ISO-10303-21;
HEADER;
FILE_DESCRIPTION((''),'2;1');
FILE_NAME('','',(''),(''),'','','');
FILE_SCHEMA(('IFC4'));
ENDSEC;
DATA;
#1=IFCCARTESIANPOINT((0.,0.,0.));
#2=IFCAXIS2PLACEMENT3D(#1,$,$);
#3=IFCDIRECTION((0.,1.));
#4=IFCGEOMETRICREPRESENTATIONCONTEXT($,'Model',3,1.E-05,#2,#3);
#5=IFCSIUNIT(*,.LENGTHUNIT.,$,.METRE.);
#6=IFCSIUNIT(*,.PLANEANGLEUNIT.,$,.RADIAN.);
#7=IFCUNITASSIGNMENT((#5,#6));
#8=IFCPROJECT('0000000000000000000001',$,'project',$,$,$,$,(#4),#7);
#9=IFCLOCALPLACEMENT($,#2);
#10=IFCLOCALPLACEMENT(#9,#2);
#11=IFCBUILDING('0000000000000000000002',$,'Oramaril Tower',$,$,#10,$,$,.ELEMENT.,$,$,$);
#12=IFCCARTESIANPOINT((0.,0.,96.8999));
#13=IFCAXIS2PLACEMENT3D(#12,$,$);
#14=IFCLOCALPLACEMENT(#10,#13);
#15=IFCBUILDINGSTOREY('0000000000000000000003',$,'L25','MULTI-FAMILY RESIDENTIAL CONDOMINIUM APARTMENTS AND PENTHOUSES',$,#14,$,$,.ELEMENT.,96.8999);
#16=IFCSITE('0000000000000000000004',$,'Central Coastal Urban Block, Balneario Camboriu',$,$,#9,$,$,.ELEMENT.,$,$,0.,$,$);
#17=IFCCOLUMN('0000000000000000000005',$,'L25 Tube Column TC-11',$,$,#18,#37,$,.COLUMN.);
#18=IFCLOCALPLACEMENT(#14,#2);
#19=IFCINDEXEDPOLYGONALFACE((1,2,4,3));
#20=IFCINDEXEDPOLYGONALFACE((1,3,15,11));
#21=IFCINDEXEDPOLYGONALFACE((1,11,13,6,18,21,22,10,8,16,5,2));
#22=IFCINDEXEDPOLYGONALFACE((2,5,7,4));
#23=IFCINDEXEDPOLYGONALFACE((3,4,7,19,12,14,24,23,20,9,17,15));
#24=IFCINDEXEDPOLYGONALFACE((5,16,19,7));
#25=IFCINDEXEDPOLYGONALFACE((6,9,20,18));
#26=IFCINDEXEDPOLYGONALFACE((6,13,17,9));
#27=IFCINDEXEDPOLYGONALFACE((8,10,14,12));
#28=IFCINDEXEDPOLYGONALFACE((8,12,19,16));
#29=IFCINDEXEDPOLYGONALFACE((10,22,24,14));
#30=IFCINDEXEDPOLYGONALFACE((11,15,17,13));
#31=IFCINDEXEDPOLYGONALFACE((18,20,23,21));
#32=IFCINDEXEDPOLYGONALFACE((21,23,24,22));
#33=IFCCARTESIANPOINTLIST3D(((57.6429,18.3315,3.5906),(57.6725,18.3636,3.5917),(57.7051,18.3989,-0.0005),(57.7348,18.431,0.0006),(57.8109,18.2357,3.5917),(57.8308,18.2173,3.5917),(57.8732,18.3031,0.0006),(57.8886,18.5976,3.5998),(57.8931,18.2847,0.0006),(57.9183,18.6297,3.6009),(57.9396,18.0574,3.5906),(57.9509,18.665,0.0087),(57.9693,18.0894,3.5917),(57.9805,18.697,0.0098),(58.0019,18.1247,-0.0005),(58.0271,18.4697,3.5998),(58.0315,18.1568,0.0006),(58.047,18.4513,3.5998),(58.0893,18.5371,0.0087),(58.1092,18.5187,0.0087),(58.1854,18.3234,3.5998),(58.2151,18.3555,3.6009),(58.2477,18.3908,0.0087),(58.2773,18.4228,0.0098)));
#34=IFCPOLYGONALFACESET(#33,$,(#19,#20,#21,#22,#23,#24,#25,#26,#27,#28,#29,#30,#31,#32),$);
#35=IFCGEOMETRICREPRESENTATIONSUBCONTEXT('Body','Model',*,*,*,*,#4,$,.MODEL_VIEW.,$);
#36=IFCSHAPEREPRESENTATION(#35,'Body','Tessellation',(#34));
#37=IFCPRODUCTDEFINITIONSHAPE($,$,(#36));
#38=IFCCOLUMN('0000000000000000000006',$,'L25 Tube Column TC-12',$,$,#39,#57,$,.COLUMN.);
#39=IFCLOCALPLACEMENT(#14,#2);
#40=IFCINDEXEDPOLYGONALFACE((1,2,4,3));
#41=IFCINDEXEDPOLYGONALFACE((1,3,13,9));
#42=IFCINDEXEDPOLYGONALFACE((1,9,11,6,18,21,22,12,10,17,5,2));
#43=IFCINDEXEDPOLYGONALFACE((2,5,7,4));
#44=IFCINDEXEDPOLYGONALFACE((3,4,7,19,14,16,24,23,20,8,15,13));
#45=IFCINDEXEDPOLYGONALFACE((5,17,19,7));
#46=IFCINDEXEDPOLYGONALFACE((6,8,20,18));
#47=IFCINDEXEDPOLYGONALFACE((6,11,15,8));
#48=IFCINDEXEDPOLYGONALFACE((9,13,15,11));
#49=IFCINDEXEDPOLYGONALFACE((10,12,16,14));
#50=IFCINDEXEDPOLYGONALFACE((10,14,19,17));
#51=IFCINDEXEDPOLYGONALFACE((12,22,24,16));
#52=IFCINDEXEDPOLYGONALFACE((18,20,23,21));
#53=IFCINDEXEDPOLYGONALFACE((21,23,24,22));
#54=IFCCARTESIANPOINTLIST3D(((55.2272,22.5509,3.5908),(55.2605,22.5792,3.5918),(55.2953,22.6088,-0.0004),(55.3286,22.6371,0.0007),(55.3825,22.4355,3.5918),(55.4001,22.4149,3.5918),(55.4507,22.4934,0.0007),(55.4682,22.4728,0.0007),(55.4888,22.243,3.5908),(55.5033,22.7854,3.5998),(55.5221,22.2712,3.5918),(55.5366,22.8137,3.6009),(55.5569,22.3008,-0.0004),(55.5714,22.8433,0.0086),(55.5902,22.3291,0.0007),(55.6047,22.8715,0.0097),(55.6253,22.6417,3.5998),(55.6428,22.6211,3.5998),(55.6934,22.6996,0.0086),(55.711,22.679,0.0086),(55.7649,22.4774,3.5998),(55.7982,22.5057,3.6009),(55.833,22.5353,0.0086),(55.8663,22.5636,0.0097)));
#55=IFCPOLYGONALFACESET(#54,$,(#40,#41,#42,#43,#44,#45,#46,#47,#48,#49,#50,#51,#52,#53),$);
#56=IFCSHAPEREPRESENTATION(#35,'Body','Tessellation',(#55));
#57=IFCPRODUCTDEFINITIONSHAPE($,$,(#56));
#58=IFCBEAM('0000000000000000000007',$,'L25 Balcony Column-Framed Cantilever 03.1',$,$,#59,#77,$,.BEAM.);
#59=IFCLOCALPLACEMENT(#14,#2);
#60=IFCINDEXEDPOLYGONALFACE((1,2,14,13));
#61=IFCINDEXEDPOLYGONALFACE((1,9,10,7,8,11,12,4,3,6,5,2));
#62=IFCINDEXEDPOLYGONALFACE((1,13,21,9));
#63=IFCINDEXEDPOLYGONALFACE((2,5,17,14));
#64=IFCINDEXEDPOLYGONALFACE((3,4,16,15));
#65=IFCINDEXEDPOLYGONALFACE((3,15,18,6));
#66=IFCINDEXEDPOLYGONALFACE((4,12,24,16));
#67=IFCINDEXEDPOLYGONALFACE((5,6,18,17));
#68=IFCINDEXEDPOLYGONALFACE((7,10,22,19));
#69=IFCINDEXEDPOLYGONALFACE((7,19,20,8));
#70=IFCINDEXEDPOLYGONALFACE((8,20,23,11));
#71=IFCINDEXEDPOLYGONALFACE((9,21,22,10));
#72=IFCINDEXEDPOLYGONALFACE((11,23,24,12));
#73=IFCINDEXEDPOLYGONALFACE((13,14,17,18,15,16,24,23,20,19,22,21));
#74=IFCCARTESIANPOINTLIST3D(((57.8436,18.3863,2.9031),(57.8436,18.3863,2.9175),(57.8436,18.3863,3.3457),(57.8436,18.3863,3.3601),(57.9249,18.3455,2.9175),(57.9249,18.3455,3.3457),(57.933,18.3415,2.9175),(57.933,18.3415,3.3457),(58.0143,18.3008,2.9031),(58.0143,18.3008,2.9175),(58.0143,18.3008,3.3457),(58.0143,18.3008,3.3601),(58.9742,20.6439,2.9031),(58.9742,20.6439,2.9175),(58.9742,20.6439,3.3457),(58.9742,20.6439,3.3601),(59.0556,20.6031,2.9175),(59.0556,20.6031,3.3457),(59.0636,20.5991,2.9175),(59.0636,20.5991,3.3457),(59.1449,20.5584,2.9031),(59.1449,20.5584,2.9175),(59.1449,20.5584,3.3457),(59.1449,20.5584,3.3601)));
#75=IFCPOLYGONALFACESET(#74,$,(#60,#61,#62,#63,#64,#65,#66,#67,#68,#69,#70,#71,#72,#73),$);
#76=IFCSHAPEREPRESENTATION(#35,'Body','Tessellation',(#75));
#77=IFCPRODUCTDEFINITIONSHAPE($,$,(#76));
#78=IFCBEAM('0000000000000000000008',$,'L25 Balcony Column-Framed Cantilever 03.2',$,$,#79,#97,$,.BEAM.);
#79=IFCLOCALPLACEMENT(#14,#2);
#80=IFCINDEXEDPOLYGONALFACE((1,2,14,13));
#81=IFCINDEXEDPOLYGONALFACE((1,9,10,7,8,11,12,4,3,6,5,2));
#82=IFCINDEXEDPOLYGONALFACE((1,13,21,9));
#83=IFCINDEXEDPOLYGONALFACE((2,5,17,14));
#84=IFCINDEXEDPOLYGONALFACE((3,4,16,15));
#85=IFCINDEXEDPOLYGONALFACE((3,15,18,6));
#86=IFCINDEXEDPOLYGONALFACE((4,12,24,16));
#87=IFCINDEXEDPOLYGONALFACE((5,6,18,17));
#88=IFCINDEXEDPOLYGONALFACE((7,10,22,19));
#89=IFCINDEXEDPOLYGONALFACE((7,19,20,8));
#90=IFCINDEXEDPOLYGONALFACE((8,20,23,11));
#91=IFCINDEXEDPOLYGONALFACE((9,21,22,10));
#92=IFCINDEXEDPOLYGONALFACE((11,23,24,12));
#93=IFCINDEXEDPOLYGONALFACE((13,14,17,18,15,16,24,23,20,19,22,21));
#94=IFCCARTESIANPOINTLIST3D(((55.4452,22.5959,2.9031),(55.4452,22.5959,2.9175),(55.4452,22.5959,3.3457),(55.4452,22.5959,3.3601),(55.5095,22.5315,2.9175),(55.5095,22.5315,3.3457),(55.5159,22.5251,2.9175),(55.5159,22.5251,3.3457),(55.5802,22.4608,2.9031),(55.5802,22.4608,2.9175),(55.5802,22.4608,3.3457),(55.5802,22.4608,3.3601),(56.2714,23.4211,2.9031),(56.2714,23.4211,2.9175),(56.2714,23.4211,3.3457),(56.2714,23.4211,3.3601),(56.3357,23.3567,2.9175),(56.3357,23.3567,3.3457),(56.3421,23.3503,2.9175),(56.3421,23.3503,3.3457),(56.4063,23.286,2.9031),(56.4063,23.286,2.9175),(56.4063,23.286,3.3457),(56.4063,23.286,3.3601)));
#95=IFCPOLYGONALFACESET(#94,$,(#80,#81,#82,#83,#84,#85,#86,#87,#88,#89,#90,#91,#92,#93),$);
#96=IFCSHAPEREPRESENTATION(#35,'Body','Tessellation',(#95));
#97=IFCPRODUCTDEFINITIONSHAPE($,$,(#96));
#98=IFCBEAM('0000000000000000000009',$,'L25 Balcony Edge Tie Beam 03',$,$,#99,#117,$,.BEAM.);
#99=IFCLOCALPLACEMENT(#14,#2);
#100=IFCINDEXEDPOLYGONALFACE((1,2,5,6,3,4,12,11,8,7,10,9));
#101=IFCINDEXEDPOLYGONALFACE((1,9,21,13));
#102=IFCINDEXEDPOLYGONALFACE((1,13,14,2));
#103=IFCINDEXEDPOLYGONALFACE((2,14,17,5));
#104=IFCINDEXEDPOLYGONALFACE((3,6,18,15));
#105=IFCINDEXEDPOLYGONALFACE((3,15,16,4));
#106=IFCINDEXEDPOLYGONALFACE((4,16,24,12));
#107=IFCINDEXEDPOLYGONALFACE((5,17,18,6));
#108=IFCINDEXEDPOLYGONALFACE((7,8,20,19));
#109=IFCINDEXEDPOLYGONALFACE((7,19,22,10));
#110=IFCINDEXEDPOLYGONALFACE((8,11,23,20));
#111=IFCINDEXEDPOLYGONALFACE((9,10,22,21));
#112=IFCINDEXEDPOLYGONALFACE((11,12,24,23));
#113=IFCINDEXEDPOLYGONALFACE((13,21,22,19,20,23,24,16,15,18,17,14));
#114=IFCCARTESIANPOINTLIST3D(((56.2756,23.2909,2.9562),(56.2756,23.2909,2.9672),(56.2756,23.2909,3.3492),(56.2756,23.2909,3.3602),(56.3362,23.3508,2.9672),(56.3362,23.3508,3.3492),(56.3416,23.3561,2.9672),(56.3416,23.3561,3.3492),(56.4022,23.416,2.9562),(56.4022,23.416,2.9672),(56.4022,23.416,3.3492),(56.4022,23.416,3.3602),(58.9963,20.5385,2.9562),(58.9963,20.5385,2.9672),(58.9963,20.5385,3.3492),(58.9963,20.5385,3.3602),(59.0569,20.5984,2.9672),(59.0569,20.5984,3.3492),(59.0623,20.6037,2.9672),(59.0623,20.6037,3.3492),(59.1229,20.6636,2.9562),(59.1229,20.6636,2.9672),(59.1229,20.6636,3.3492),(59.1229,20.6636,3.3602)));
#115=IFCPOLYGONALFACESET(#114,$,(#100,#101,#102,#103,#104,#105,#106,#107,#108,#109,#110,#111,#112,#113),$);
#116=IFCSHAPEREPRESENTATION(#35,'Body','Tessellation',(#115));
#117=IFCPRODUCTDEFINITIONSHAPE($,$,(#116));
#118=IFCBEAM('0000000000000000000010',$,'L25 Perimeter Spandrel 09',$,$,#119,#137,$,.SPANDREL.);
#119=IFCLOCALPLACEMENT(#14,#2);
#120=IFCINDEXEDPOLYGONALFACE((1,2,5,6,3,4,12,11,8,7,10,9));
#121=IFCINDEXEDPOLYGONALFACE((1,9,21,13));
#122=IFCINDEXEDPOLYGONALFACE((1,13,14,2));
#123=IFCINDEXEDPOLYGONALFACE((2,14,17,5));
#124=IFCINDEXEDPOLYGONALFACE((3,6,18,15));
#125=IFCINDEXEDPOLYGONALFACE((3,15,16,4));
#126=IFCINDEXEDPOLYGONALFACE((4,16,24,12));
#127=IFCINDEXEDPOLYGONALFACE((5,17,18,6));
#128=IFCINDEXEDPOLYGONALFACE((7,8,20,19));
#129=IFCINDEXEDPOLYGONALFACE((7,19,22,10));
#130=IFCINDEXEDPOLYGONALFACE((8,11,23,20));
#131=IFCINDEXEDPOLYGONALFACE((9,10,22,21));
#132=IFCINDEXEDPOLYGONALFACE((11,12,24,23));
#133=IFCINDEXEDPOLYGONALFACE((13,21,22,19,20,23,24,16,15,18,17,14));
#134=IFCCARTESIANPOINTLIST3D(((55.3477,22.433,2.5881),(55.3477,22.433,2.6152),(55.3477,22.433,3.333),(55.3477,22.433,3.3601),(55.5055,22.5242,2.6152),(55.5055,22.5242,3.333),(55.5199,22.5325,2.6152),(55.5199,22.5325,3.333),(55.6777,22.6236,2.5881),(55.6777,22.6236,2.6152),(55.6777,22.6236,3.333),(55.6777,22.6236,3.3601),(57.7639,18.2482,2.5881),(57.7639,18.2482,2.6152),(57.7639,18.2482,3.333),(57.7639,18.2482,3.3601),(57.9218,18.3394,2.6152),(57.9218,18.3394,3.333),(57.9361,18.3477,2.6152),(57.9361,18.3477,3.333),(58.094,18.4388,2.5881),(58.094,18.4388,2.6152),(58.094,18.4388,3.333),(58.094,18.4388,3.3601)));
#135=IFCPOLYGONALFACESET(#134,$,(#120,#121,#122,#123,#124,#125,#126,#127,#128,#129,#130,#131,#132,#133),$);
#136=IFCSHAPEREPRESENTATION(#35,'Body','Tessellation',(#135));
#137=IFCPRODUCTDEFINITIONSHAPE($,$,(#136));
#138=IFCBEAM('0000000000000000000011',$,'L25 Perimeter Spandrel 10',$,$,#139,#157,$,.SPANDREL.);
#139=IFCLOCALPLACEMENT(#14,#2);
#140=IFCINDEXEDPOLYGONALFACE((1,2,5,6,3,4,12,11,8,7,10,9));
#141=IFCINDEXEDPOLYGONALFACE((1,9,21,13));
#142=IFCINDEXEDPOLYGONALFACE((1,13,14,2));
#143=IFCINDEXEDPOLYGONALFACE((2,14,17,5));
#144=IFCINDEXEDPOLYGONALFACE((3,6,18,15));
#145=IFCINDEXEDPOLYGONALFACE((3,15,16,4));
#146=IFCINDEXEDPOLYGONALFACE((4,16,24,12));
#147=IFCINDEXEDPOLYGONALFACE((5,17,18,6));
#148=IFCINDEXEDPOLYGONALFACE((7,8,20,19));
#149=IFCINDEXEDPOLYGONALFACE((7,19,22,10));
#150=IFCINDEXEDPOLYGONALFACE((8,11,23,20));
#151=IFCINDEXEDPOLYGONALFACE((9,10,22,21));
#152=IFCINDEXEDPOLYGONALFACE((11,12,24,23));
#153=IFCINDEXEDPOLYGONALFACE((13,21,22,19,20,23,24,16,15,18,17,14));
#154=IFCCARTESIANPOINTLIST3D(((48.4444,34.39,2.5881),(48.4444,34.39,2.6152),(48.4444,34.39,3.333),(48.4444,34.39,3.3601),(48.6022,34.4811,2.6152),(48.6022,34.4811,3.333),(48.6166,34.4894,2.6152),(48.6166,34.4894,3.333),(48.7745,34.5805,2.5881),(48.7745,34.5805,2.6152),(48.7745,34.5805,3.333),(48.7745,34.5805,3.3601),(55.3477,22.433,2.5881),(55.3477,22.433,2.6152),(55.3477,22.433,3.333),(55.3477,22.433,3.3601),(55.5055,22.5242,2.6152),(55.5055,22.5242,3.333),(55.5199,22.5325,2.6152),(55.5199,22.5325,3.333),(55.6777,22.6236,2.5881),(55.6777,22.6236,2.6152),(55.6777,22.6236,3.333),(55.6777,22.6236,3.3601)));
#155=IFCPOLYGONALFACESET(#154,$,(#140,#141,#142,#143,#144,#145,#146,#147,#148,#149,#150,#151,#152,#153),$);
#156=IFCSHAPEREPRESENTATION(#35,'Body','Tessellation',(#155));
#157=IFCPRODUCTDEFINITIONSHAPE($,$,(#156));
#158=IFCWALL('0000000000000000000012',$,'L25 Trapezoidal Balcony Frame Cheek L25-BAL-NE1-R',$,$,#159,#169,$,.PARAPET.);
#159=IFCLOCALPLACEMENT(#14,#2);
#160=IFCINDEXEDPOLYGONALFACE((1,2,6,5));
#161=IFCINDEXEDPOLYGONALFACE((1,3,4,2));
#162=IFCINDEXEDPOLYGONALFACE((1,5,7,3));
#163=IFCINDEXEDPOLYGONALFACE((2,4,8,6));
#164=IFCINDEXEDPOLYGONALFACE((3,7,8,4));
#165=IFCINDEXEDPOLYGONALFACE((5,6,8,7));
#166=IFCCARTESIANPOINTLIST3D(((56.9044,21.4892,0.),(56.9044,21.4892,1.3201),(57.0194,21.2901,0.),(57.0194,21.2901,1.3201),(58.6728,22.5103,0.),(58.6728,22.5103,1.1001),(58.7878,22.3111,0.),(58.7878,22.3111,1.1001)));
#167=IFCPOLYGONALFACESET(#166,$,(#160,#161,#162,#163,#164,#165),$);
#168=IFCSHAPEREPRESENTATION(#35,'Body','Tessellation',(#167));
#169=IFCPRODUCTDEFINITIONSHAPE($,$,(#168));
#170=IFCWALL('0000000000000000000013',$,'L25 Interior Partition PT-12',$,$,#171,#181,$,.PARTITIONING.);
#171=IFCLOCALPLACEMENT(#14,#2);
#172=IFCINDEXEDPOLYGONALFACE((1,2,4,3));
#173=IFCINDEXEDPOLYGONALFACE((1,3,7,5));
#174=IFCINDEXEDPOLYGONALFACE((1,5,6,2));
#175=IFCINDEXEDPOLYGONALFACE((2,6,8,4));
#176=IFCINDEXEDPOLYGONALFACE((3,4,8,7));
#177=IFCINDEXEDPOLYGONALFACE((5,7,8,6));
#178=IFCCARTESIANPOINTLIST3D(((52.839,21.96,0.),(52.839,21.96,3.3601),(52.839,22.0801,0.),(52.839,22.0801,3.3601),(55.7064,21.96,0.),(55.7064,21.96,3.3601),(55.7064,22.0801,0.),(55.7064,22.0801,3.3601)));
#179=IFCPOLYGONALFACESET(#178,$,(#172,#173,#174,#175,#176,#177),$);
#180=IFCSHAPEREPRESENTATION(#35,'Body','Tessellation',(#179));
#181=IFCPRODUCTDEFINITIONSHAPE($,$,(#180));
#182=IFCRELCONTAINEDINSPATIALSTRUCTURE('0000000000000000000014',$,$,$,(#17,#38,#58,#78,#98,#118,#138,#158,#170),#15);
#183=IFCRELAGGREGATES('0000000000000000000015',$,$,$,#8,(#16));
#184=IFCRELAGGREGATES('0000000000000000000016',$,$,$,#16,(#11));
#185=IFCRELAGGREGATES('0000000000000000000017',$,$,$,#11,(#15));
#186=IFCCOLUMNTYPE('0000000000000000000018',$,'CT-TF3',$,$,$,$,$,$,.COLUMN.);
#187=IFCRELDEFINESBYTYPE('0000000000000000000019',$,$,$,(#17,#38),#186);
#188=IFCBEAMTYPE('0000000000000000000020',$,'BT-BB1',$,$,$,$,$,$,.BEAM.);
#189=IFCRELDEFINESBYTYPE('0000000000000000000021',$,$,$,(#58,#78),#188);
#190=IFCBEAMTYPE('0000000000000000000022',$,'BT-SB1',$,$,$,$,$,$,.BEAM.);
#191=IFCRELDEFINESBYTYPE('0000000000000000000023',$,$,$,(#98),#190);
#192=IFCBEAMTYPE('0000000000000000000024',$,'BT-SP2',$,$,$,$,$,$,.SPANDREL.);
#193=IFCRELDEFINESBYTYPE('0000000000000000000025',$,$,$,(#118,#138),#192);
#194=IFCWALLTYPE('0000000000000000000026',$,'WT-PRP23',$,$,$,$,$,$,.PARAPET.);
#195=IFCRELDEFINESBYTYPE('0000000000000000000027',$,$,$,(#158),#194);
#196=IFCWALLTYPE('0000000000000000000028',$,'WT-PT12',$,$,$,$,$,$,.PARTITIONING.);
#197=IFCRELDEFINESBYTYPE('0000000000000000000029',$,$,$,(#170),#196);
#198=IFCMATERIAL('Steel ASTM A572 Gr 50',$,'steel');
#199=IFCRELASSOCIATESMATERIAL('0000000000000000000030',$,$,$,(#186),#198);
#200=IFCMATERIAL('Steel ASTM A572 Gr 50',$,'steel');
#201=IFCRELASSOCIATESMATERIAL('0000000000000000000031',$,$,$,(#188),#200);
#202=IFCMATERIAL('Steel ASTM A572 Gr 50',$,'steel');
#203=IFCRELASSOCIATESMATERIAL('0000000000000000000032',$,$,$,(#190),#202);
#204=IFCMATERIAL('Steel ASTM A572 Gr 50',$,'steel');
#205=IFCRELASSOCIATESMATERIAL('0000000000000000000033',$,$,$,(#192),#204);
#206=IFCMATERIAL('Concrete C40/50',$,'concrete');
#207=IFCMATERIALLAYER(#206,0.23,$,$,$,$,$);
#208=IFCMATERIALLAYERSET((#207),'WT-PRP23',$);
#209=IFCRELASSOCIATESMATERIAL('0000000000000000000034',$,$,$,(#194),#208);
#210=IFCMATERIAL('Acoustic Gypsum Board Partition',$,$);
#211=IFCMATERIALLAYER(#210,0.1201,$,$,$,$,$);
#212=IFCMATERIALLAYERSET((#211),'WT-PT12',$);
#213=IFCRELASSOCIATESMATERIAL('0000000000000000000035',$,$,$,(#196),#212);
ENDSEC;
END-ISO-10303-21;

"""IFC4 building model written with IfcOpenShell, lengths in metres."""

from ifc_helpers import new_model, si_unit, direction, frame, frame_2d, origin, origin_2d, place, context, subcontext, project, spatial, polyline, rectangle, i_section, outline, extrude, material, layer, layer_set, material_profile, profile_set, type_object, element, save


model = new_model("IFC4")

# Units and contexts
model_context = context("Model", 3, precision=1e-05, world=origin(), true_north=direction((0.0, 1.0)))
body_context = subcontext(model_context, "Body", "Model", "MODEL_VIEW")
ifc_project = project(units=[si_unit("LENGTHUNIT", "METRE"), si_unit("PLANEANGLEUNIT", "RADIAN")], contexts=[model_context])

# Site, building, storey
site_placement = place(None, origin())
site = spatial("IfcSite", under=ifc_project, at=site_placement, Name="Central Coastal Urban Block, Balneario Camboriu", CompositionType="ELEMENT", RefElevation=0.0)
building_placement = place(site_placement, origin())
building = spatial("IfcBuilding", under=site, at=building_placement, Name="Oramaril Tower", CompositionType="ELEMENT")
storey_placement = place(building_placement, frame((0.0, 0.0, 96.8999)))
storey = spatial("IfcBuildingStorey", under=building, at=storey_placement, Name="L25", Description="MULTI-FAMILY RESIDENTIAL CONDOMINIUM APARTMENTS AND PENTHOUSES", CompositionType="ELEMENT", Elevation=96.8999)

# Columns
ifc_material_1 = material(Name="Steel ASTM A572 Gr 50", Category="steel")
ifc_material_profile_1 = material_profile(ifc_material_1, i_section(OverallWidth=0.4041, OverallDepth=0.406, WebThickness=0.0271, FlangeThickness=0.0437, at=origin_2d()), Name="W14X233")
ifc_profile_set_1 = profile_set([ifc_material_profile_1], Name="Steel ASTM A572 Gr 50")
column_type = type_object("IfcColumnType", Name="CT-TF3", PredefinedType="COLUMN", material=ifc_profile_set_1)
for number, where, z_axis, x_axis, name in (
    (1, (57.9912, 18.4109, 0.0046), (-0.017331, -0.018758, 0.999674), (0.734497, -0.678612, 0.0), "L25 Tube Column TC-11"),
    (2, (55.5808, 22.5862, 0.0046), (-0.018962, -0.016108, 0.99969), (0.647411, -0.762141, 0.0), "L25 Tube Column TC-12"),
):
    element("IfcColumn", number, at=place(storey_placement, frame(where, z_axis=z_axis, x_axis=x_axis)), inside=storey, type_object=column_type, Name=name, PredefinedType="COLUMN", context=body_context, shape_type="SweptSolid", body=[
        extrude(i_section(OverallWidth=0.4041, OverallDepth=0.406, WebThickness=0.0271, FlangeThickness=0.0437, at=origin_2d()), origin(), (0.0, 0.0, 1.0), 3.5923),
    ])

# Beams
ifc_material_2 = material(Name="Steel ASTM A572 Gr 50", Category="steel")
ifc_material_profile_2 = material_profile(ifc_material_2, i_section(OverallWidth=0.1909, OverallDepth=0.457, WebThickness=0.009, FlangeThickness=0.0144, at=origin_2d()), Name="W18X50")
ifc_profile_set_2 = profile_set([ifc_material_profile_2], Name="Steel ASTM A572 Gr 50")
beam_type_1 = type_object("IfcBeamType", Name="BT-BB1", PredefinedType="BEAM", material=ifc_profile_set_2)
beam_1_placement = place(storey_placement, frame((57.929, 18.3435, 3.1316), z_axis=(0.447794, 0.894137, 0.0), x_axis=(-0.894137, 0.447794, 0.0)))
element("IfcBeam", 3, at=beam_1_placement, inside=storey, type_object=beam_type_1, Name="L25 Balcony Column-Framed Cantilever 03.1", PredefinedType="BEAM", context=body_context, shape_type="SweptSolid", body=[
    extrude(i_section(OverallWidth=0.1909, OverallDepth=0.457, WebThickness=0.009, FlangeThickness=0.0144, at=origin_2d()), origin(), (0.0, 0.0, 1.0), 2.5249),
])
beam_2_placement = place(storey_placement, frame((55.5127, 22.5283, 3.1316), z_axis=(0.707525, 0.706688, 0.0), x_axis=(-0.706688, 0.707525, 0.0)))
element("IfcBeam", 4, at=beam_2_placement, inside=storey, type_object=beam_type_1, Name="L25 Balcony Column-Framed Cantilever 03.2", PredefinedType="BEAM", context=body_context, shape_type="SweptSolid", body=[
    extrude(i_section(OverallWidth=0.1909, OverallDepth=0.457, WebThickness=0.009, FlangeThickness=0.0144, at=origin_2d()), origin(), (0.0, 0.0, 1.0), 1.1677),
])
ifc_material_3 = material(Name="Steel ASTM A572 Gr 50", Category="steel")
ifc_material_profile_3 = material_profile(ifc_material_3, i_section(OverallWidth=0.178, OverallDepth=0.4041, WebThickness=0.0076, FlangeThickness=0.011, at=origin_2d()), Name="W16X36")
ifc_profile_set_3 = profile_set([ifc_material_profile_3], Name="Steel ASTM A572 Gr 50")
beam_type_2 = type_object("IfcBeamType", Name="BT-SB1", PredefinedType="BEAM", material=ifc_profile_set_3)
beam_3_placement = place(storey_placement, frame((59.0596, 20.6011, 3.1582), z_axis=(-0.702995, 0.711195, 0.0), x_axis=(-0.711195, -0.702995, 0.0)))
element("IfcBeam", 5, at=beam_3_placement, inside=storey, type_object=beam_type_2, Name="L25 Balcony Edge Tie Beam 03", PredefinedType="BEAM", context=body_context, shape_type="SweptSolid", body=[
    extrude(i_section(OverallWidth=0.178, OverallDepth=0.4041, WebThickness=0.0076, FlangeThickness=0.011, at=origin_2d()), origin(), (0.0, 0.0, 1.0), 3.8701),
])
ifc_material_4 = material(Name="Steel ASTM A572 Gr 50", Category="steel")
ifc_material_profile_4 = material_profile(ifc_material_4, i_section(OverallWidth=0.3811, OverallDepth=0.772, WebThickness=0.0166, FlangeThickness=0.0271, at=origin_2d()), Name="W30X173")
ifc_profile_set_4 = profile_set([ifc_material_profile_4], Name="Steel ASTM A572 Gr 50")
beam_type_3 = type_object("IfcBeamType", Name="BT-SP2", PredefinedType="SPANDREL", material=ifc_profile_set_4)
beam_4_placement = place(storey_placement, frame((57.929, 18.3435, 2.9741), z_axis=(-0.500024, 0.866011, 0.0), x_axis=(-0.866011, -0.500024, 0.0)))
element("IfcBeam", 6, at=beam_4_placement, inside=storey, type_object=beam_type_3, Name="L25 Perimeter Spandrel 09", PredefinedType="SPANDREL", context=body_context, shape_type="SweptSolid", body=[
    extrude(i_section(OverallWidth=0.3811, OverallDepth=0.772, WebThickness=0.0166, FlangeThickness=0.0271, at=origin_2d()), origin(), (0.0, 0.0, 1.0), 4.8323),
])
beam_5_placement = place(storey_placement, frame((55.5127, 22.5283, 2.9741), z_axis=(-0.499996, 0.866028, 0.0), x_axis=(-0.866028, -0.499996, 0.0)))
element("IfcBeam", 7, at=beam_5_placement, inside=storey, type_object=beam_type_3, Name="L25 Perimeter Spandrel 10", PredefinedType="SPANDREL", context=body_context, shape_type="SweptSolid", body=[
    extrude(i_section(OverallWidth=0.3811, OverallDepth=0.772, WebThickness=0.0166, FlangeThickness=0.0271, at=origin_2d()), origin(), (0.0, 0.0, 1.0), 13.8066),
])

# Walls
ifc_material_5 = material(Name="Concrete C40/50", Category="concrete")
ifc_layer_1 = layer(ifc_material_5, 0.23)
ifc_layer_set_1 = layer_set([ifc_layer_1], Name="WT-PRP23")
wall_type_1 = type_object("IfcWallType", Name="WT-PRP23", PredefinedType="PARAPET", material=ifc_layer_set_1)
wall_1_placement = place(storey_placement, frame((56.9619, 21.3896, 0.0), z_axis=(0.0, 0.0, 1.0), x_axis=(0.866012, 0.500023, 0.0)))
element("IfcWall", 8, at=wall_1_placement, inside=storey, type_object=wall_type_1, Name="L25 Trapezoidal Balcony Frame Cheek L25-BAL-NE1-R", PredefinedType="PARAPET", context=body_context, shape_type="SweptSolid", body=[
    extrude(outline(polyline([(0.0, 0.0), (2.042, 0.0), (2.042, 1.1001), (0.0, 1.3201), (0.0, 0.0)])), frame((0.0, 0.115, 0.0), z_axis=(0.0, -1.0, 0.0), x_axis=(1.0, 0.0, 0.0)), (0.0, 0.0, 1.0), 0.23),
])
ifc_material_6 = material(Name="Acoustic Gypsum Board Partition")
ifc_layer_2 = layer(ifc_material_6, 0.1201)
ifc_layer_set_2 = layer_set([ifc_layer_2], Name="WT-PT12")
wall_type_2 = type_object("IfcWallType", Name="WT-PT12", PredefinedType="PARTITIONING", material=ifc_layer_set_2)
wall_2_placement = place(storey_placement, frame((52.8391, 22.02, 0.0), z_axis=(0.0, 0.0, 1.0), x_axis=(1.0, 0.0, 0.0)))
element("IfcWall", 9, at=wall_2_placement, inside=storey, type_object=wall_type_2, Name="L25 Interior Partition PT-12", PredefinedType="PARTITIONING", context=body_context, shape_type="SweptSolid", body=[
    extrude(rectangle(XDim=2.8674, YDim=0.1201, at=frame_2d((1.4336, 0.0))), origin(), (0.0, 0.0, 1.0), 3.3601),
])

save(model, "model.ifc")
